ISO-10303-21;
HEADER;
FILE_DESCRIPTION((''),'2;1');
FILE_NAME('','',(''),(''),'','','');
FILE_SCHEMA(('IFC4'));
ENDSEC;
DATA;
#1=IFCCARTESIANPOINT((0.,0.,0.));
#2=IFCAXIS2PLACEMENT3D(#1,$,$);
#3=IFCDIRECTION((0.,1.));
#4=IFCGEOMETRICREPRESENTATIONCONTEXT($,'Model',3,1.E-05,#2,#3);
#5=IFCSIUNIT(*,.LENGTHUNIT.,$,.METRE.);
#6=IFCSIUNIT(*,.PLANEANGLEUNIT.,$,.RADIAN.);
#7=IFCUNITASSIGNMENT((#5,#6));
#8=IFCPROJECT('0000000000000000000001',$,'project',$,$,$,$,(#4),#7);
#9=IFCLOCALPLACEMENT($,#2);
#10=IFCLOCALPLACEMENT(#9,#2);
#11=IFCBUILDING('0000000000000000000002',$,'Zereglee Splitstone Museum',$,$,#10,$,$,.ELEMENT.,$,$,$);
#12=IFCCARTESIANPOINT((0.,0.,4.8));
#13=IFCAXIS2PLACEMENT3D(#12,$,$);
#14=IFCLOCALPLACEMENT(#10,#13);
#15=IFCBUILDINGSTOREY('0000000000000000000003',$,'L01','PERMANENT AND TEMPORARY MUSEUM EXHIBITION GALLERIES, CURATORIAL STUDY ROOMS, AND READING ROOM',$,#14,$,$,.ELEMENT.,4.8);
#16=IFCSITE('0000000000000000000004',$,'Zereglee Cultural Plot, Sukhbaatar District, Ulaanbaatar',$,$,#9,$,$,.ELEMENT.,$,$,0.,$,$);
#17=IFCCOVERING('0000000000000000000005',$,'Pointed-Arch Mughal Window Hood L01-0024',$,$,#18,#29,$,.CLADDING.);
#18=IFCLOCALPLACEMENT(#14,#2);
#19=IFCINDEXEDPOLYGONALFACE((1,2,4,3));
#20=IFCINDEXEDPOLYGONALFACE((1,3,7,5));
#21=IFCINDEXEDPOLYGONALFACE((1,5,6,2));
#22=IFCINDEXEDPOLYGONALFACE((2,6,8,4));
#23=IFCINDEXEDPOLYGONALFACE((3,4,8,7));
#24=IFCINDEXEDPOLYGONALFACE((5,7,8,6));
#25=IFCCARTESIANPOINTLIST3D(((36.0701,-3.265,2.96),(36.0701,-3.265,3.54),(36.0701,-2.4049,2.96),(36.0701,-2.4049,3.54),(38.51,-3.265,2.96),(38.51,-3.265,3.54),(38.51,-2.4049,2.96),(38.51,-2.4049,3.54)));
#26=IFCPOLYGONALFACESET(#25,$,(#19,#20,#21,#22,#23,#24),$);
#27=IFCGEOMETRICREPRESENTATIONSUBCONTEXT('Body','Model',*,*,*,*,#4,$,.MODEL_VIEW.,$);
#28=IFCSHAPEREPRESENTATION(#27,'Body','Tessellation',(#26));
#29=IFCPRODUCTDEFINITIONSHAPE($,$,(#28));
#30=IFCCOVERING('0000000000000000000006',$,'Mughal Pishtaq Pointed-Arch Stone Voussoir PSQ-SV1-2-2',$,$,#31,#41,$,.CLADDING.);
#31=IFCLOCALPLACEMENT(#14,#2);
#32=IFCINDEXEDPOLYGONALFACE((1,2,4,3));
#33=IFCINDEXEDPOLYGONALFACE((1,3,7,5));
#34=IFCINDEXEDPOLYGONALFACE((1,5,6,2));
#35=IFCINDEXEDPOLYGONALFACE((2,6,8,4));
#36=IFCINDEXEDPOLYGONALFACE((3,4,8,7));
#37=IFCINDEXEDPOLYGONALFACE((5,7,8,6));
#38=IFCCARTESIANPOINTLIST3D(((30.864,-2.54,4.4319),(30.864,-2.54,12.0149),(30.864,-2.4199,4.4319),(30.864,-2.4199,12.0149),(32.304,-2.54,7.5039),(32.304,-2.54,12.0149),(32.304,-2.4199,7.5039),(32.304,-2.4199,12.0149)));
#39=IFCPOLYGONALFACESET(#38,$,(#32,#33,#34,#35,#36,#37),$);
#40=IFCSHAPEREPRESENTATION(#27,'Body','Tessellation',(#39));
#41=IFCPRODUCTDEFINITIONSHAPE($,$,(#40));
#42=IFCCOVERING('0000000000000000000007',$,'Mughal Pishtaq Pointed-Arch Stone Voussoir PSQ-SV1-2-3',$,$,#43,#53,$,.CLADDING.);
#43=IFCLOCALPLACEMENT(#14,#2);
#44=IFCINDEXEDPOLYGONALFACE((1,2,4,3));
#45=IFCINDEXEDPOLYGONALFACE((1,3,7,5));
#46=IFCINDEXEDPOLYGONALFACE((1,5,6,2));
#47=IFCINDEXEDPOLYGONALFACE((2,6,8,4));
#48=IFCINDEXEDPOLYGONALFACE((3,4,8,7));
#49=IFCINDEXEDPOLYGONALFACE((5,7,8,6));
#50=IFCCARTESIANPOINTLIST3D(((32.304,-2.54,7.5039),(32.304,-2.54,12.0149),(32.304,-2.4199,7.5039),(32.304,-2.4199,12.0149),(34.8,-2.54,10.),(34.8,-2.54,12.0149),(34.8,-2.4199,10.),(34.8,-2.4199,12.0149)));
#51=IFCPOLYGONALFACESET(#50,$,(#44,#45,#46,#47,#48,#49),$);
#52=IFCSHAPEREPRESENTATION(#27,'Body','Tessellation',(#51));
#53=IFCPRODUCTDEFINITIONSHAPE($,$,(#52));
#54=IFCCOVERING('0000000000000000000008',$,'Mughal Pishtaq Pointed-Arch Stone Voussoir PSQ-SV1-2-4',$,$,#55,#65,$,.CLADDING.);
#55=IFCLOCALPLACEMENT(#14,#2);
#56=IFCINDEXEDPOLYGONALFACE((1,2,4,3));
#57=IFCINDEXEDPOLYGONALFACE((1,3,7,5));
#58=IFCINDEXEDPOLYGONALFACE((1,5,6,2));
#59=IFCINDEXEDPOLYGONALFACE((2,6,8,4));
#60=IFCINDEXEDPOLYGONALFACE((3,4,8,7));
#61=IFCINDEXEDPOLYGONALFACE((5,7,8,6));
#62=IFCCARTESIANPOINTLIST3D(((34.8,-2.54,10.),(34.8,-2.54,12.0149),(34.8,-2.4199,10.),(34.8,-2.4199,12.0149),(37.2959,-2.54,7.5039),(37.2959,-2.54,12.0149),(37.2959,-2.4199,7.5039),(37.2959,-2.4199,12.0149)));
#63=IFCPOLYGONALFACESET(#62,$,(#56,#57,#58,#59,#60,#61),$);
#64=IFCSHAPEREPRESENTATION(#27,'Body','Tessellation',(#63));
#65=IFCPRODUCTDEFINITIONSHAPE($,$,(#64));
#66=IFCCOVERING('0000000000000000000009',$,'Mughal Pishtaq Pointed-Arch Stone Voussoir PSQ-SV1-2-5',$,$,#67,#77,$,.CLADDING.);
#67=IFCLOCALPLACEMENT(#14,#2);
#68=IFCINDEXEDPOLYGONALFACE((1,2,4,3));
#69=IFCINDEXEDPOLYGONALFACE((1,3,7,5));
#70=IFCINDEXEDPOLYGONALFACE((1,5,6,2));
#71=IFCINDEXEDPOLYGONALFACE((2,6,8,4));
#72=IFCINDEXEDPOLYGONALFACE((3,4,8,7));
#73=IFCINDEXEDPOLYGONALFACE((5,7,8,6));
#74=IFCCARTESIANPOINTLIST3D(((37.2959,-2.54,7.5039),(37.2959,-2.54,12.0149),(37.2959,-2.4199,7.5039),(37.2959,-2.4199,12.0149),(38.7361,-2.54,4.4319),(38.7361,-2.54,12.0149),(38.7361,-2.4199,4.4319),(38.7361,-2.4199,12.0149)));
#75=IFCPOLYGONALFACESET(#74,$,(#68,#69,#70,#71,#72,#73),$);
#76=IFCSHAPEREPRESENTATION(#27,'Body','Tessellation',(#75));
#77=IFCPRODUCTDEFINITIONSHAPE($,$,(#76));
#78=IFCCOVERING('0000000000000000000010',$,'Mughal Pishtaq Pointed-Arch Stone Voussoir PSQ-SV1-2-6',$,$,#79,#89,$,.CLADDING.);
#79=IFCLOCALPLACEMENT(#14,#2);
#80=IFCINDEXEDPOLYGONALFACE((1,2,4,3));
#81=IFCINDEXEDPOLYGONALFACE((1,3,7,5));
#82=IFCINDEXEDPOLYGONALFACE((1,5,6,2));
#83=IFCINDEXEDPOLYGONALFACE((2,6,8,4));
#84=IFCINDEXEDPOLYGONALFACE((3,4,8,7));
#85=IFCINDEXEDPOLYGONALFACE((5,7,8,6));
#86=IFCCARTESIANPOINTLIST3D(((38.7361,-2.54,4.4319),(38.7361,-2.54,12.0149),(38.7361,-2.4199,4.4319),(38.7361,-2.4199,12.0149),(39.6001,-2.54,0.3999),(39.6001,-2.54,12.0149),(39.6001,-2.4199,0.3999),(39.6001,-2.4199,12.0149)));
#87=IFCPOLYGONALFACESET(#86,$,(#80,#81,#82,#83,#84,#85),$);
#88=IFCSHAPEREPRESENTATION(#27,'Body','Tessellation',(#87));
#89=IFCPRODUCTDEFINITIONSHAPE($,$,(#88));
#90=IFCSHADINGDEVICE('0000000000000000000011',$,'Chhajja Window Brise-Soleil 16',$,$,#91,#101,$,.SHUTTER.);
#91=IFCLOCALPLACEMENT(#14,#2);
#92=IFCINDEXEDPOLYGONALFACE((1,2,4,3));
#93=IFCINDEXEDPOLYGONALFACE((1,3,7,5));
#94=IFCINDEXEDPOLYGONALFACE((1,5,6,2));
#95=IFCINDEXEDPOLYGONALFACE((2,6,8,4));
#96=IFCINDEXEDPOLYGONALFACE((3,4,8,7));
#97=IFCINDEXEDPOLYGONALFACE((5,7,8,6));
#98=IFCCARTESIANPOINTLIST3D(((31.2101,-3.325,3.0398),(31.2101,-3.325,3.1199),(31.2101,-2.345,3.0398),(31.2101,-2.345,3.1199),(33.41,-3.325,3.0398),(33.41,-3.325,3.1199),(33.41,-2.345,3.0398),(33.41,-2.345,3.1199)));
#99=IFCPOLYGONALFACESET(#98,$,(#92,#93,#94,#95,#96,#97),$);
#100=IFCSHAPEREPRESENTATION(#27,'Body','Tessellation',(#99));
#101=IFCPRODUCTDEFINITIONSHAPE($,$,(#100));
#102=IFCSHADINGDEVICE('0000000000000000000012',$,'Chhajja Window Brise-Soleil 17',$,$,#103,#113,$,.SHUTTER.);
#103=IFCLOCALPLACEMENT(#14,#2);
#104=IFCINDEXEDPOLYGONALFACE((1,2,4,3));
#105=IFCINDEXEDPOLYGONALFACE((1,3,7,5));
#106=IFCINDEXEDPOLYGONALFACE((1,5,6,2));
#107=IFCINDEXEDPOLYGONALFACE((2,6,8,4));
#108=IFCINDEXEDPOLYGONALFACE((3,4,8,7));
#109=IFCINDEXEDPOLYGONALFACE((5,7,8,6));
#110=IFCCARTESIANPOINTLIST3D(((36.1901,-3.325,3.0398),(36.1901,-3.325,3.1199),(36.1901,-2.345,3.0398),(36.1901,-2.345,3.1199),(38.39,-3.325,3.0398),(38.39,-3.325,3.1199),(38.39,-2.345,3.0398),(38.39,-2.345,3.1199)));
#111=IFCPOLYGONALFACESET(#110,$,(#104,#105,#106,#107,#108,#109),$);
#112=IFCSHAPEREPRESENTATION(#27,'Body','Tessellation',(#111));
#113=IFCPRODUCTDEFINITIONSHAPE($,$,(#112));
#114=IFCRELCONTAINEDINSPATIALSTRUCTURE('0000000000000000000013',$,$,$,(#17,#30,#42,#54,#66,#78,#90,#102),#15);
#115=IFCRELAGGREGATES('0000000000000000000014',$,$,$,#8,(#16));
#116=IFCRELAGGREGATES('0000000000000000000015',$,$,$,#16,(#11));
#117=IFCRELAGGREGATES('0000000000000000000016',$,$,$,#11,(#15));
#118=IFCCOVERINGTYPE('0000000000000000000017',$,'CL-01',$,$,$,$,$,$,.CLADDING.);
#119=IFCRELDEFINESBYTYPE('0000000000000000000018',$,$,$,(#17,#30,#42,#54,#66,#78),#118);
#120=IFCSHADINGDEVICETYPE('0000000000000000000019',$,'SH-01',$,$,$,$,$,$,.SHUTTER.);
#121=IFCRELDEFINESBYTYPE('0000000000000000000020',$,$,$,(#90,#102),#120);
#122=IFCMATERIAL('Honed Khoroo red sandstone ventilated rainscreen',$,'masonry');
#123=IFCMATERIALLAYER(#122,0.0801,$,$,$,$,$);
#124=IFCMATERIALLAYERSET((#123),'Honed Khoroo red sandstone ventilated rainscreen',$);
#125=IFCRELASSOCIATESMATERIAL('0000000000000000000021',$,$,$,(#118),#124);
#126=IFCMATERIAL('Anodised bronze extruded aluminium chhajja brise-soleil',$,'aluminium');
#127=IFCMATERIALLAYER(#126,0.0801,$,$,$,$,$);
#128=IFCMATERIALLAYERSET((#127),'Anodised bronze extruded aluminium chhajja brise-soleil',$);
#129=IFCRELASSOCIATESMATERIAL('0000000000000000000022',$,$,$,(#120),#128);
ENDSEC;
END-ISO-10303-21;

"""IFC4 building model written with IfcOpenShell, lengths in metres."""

from ifc_helpers import new_model, si_unit, direction, frame, origin, origin_2d, place, context, subcontext, project, spatial, polyline, rectangle, outline, extrude, material, layer, layer_set, type_object, element, save


model = new_model("IFC4")

# Units and contexts
model_context = context("Model", 3, precision=1e-05, world=origin(), true_north=direction((0.0, 1.0)))
body_context = subcontext(model_context, "Body", "Model", "MODEL_VIEW")
ifc_project = project(units=[si_unit("LENGTHUNIT", "METRE"), si_unit("PLANEANGLEUNIT", "RADIAN")], contexts=[model_context])

# Site, building, storey
site_placement = place(None, origin())
site = spatial("IfcSite", under=ifc_project, at=site_placement, Name="Zereglee Cultural Plot, Sukhbaatar District, Ulaanbaatar", CompositionType="ELEMENT", RefElevation=0.0)
building_placement = place(site_placement, origin())
building = spatial("IfcBuilding", under=site, at=building_placement, Name="Zereglee Splitstone Museum", CompositionType="ELEMENT")
storey_placement = place(building_placement, frame((0.0, 0.0, 4.8)))
storey = spatial("IfcBuildingStorey", under=building, at=storey_placement, Name="L01", Description="PERMANENT AND TEMPORARY MUSEUM EXHIBITION GALLERIES, CURATORIAL STUDY ROOMS, AND READING ROOM", CompositionType="ELEMENT", Elevation=4.8)

# Coverings
ifc_material_1 = material(Name="Honed Khoroo red sandstone ventilated rainscreen", Category="masonry")
ifc_layer_1 = layer(ifc_material_1, 0.0801)
ifc_layer_set_1 = layer_set([ifc_layer_1], Name="Honed Khoroo red sandstone ventilated rainscreen")
covering_type_1 = type_object("IfcCoveringType", Name="CL-01", PredefinedType="CLADDING", material=ifc_layer_set_1)
for number, where, z_axis, x_axis, name in (
    (1, (37.29, -2.835, 2.96), (0.0, 0.0, 1.0), (1.0, 0.0, 0.0), "Pointed-Arch Mughal Window Hood L01-0024"),
):
    element("IfcCovering", number, at=place(storey_placement, frame(where, z_axis=z_axis, x_axis=x_axis)), inside=storey, type_object=covering_type_1, Name=name, PredefinedType="CLADDING", context=body_context, shape_type="SweptSolid", body=[
        extrude(rectangle(XDim=2.4399, YDim=0.8601, at=origin_2d()), origin(), (0.0, 0.0, 1.0), 0.5801),
    ])
covering_1_placement = place(storey_placement, frame((30.864, -2.54, 4.4319), z_axis=(0.0, -1.0, 0.0), x_axis=(0.424417, 0.0, 0.905467)))
element("IfcCovering", 2, at=covering_1_placement, inside=storey, type_object=covering_type_1, Name="Mughal Pishtaq Pointed-Arch Stone Voussoir PSQ-SV1-2-2", PredefinedType="CLADDING", context=body_context, shape_type="SweptSolid", body=[
    extrude(outline(polyline([(0.0, 0.0), (3.3927, 0.0), (7.4773, 1.9145), (6.8662, 3.2184), (0.0, 0.0)])), origin(), (0.0, 0.0, -1.0), 0.1201),
])
covering_2_placement = place(storey_placement, frame((32.304, -2.54, 7.5039), z_axis=(0.0, -1.0, 0.0), x_axis=(0.707107, 0.0, 0.707107)))
element("IfcCovering", 3, at=covering_2_placement, inside=storey, type_object=covering_type_1, Name="Mughal Pishtaq Pointed-Arch Stone Voussoir PSQ-SV1-2-3", PredefinedType="CLADDING", context=body_context, shape_type="SweptSolid", body=[
    extrude(outline(polyline([(0.0, 0.0), (3.53, 0.0), (4.9548, 1.4247), (3.1897, 3.1897), (0.0, 0.0)])), origin(), (0.0, 0.0, -1.0), 0.1201),
])
covering_3_placement = place(storey_placement, frame((34.8, -2.54, 10.0), z_axis=(0.0, -1.0, 0.0), x_axis=(0.707072, 0.0, -0.707141)))
element("IfcCovering", 4, at=covering_3_placement, inside=storey, type_object=covering_type_1, Name="Mughal Pishtaq Pointed-Arch Stone Voussoir PSQ-SV1-2-4", PredefinedType="CLADDING", context=body_context, shape_type="SweptSolid", body=[
    extrude(outline(polyline([(0.0, 0.0), (3.5298, 0.0), (0.3399, 3.1896), (-1.4248, 1.4247), (0.0, 0.0)])), origin(), (0.0, 0.0, -1.0), 0.1201),
])
covering_4_placement = place(storey_placement, frame((37.2959, -2.54, 7.5039), z_axis=(0.0, -1.0, 0.0), x_axis=(0.424476, 0.0, -0.905439)))
element("IfcCovering", 5, at=covering_4_placement, inside=storey, type_object=covering_type_1, Name="Mughal Pishtaq Pointed-Arch Stone Voussoir PSQ-SV1-2-5", PredefinedType="CLADDING", context=body_context, shape_type="SweptSolid", body=[
    extrude(outline(polyline([(0.0, 0.0), (3.3929, 0.0), (-3.4731, 3.2188), (-4.0844, 1.9148), (0.0, 0.0)])), origin(), (0.0, 0.0, -1.0), 0.1201),
])
covering_5_placement = place(storey_placement, frame((38.7361, -2.54, 4.4319), z_axis=(0.0, -1.0, 0.0), x_axis=(0.209533, 0.0, -0.977802)))
element("IfcCovering", 6, at=covering_5_placement, inside=storey, type_object=covering_type_1, Name="Mughal Pishtaq Pointed-Arch Stone Voussoir PSQ-SV1-2-6", PredefinedType="CLADDING", context=body_context, shape_type="SweptSolid", body=[
    extrude(outline(polyline([(0.0, 0.0), (4.1235, 0.0), (-7.2336, 2.4337), (-7.4147, 1.5889), (0.0, 0.0)])), origin(), (0.0, 0.0, -1.0), 0.1201),
])

# Shading devices
ifc_material_2 = material(Name="Anodised bronze extruded aluminium chhajja brise-soleil", Category="aluminium")
ifc_layer_2 = layer(ifc_material_2, 0.0801)
ifc_layer_set_2 = layer_set([ifc_layer_2], Name="Anodised bronze extruded aluminium chhajja brise-soleil")
shading_device_type = type_object("IfcShadingDeviceType", Name="SH-01", PredefinedType="SHUTTER", material=ifc_layer_set_2)
for number, where, z_axis, x_axis, name in (
    (7, (32.3101, -2.835, 3.0398), (0.0, 0.0, 1.0), (1.0, 0.0, 0.0), "Chhajja Window Brise-Soleil 16"),
    (8, (37.29, -2.835, 3.0398), (0.0, 0.0, 1.0), (1.0, 0.0, 0.0), "Chhajja Window Brise-Soleil 17"),
):
    element("IfcShadingDevice", number, at=place(storey_placement, frame(where, z_axis=z_axis, x_axis=x_axis)), inside=storey, type_object=shading_device_type, Name=name, PredefinedType="SHUTTER", context=body_context, shape_type="SweptSolid", body=[
        extrude(rectangle(XDim=2.2, YDim=0.98, at=origin_2d()), origin(), (0.0, 0.0, 1.0), 0.0801),
    ])

save(model, "model.ifc")
